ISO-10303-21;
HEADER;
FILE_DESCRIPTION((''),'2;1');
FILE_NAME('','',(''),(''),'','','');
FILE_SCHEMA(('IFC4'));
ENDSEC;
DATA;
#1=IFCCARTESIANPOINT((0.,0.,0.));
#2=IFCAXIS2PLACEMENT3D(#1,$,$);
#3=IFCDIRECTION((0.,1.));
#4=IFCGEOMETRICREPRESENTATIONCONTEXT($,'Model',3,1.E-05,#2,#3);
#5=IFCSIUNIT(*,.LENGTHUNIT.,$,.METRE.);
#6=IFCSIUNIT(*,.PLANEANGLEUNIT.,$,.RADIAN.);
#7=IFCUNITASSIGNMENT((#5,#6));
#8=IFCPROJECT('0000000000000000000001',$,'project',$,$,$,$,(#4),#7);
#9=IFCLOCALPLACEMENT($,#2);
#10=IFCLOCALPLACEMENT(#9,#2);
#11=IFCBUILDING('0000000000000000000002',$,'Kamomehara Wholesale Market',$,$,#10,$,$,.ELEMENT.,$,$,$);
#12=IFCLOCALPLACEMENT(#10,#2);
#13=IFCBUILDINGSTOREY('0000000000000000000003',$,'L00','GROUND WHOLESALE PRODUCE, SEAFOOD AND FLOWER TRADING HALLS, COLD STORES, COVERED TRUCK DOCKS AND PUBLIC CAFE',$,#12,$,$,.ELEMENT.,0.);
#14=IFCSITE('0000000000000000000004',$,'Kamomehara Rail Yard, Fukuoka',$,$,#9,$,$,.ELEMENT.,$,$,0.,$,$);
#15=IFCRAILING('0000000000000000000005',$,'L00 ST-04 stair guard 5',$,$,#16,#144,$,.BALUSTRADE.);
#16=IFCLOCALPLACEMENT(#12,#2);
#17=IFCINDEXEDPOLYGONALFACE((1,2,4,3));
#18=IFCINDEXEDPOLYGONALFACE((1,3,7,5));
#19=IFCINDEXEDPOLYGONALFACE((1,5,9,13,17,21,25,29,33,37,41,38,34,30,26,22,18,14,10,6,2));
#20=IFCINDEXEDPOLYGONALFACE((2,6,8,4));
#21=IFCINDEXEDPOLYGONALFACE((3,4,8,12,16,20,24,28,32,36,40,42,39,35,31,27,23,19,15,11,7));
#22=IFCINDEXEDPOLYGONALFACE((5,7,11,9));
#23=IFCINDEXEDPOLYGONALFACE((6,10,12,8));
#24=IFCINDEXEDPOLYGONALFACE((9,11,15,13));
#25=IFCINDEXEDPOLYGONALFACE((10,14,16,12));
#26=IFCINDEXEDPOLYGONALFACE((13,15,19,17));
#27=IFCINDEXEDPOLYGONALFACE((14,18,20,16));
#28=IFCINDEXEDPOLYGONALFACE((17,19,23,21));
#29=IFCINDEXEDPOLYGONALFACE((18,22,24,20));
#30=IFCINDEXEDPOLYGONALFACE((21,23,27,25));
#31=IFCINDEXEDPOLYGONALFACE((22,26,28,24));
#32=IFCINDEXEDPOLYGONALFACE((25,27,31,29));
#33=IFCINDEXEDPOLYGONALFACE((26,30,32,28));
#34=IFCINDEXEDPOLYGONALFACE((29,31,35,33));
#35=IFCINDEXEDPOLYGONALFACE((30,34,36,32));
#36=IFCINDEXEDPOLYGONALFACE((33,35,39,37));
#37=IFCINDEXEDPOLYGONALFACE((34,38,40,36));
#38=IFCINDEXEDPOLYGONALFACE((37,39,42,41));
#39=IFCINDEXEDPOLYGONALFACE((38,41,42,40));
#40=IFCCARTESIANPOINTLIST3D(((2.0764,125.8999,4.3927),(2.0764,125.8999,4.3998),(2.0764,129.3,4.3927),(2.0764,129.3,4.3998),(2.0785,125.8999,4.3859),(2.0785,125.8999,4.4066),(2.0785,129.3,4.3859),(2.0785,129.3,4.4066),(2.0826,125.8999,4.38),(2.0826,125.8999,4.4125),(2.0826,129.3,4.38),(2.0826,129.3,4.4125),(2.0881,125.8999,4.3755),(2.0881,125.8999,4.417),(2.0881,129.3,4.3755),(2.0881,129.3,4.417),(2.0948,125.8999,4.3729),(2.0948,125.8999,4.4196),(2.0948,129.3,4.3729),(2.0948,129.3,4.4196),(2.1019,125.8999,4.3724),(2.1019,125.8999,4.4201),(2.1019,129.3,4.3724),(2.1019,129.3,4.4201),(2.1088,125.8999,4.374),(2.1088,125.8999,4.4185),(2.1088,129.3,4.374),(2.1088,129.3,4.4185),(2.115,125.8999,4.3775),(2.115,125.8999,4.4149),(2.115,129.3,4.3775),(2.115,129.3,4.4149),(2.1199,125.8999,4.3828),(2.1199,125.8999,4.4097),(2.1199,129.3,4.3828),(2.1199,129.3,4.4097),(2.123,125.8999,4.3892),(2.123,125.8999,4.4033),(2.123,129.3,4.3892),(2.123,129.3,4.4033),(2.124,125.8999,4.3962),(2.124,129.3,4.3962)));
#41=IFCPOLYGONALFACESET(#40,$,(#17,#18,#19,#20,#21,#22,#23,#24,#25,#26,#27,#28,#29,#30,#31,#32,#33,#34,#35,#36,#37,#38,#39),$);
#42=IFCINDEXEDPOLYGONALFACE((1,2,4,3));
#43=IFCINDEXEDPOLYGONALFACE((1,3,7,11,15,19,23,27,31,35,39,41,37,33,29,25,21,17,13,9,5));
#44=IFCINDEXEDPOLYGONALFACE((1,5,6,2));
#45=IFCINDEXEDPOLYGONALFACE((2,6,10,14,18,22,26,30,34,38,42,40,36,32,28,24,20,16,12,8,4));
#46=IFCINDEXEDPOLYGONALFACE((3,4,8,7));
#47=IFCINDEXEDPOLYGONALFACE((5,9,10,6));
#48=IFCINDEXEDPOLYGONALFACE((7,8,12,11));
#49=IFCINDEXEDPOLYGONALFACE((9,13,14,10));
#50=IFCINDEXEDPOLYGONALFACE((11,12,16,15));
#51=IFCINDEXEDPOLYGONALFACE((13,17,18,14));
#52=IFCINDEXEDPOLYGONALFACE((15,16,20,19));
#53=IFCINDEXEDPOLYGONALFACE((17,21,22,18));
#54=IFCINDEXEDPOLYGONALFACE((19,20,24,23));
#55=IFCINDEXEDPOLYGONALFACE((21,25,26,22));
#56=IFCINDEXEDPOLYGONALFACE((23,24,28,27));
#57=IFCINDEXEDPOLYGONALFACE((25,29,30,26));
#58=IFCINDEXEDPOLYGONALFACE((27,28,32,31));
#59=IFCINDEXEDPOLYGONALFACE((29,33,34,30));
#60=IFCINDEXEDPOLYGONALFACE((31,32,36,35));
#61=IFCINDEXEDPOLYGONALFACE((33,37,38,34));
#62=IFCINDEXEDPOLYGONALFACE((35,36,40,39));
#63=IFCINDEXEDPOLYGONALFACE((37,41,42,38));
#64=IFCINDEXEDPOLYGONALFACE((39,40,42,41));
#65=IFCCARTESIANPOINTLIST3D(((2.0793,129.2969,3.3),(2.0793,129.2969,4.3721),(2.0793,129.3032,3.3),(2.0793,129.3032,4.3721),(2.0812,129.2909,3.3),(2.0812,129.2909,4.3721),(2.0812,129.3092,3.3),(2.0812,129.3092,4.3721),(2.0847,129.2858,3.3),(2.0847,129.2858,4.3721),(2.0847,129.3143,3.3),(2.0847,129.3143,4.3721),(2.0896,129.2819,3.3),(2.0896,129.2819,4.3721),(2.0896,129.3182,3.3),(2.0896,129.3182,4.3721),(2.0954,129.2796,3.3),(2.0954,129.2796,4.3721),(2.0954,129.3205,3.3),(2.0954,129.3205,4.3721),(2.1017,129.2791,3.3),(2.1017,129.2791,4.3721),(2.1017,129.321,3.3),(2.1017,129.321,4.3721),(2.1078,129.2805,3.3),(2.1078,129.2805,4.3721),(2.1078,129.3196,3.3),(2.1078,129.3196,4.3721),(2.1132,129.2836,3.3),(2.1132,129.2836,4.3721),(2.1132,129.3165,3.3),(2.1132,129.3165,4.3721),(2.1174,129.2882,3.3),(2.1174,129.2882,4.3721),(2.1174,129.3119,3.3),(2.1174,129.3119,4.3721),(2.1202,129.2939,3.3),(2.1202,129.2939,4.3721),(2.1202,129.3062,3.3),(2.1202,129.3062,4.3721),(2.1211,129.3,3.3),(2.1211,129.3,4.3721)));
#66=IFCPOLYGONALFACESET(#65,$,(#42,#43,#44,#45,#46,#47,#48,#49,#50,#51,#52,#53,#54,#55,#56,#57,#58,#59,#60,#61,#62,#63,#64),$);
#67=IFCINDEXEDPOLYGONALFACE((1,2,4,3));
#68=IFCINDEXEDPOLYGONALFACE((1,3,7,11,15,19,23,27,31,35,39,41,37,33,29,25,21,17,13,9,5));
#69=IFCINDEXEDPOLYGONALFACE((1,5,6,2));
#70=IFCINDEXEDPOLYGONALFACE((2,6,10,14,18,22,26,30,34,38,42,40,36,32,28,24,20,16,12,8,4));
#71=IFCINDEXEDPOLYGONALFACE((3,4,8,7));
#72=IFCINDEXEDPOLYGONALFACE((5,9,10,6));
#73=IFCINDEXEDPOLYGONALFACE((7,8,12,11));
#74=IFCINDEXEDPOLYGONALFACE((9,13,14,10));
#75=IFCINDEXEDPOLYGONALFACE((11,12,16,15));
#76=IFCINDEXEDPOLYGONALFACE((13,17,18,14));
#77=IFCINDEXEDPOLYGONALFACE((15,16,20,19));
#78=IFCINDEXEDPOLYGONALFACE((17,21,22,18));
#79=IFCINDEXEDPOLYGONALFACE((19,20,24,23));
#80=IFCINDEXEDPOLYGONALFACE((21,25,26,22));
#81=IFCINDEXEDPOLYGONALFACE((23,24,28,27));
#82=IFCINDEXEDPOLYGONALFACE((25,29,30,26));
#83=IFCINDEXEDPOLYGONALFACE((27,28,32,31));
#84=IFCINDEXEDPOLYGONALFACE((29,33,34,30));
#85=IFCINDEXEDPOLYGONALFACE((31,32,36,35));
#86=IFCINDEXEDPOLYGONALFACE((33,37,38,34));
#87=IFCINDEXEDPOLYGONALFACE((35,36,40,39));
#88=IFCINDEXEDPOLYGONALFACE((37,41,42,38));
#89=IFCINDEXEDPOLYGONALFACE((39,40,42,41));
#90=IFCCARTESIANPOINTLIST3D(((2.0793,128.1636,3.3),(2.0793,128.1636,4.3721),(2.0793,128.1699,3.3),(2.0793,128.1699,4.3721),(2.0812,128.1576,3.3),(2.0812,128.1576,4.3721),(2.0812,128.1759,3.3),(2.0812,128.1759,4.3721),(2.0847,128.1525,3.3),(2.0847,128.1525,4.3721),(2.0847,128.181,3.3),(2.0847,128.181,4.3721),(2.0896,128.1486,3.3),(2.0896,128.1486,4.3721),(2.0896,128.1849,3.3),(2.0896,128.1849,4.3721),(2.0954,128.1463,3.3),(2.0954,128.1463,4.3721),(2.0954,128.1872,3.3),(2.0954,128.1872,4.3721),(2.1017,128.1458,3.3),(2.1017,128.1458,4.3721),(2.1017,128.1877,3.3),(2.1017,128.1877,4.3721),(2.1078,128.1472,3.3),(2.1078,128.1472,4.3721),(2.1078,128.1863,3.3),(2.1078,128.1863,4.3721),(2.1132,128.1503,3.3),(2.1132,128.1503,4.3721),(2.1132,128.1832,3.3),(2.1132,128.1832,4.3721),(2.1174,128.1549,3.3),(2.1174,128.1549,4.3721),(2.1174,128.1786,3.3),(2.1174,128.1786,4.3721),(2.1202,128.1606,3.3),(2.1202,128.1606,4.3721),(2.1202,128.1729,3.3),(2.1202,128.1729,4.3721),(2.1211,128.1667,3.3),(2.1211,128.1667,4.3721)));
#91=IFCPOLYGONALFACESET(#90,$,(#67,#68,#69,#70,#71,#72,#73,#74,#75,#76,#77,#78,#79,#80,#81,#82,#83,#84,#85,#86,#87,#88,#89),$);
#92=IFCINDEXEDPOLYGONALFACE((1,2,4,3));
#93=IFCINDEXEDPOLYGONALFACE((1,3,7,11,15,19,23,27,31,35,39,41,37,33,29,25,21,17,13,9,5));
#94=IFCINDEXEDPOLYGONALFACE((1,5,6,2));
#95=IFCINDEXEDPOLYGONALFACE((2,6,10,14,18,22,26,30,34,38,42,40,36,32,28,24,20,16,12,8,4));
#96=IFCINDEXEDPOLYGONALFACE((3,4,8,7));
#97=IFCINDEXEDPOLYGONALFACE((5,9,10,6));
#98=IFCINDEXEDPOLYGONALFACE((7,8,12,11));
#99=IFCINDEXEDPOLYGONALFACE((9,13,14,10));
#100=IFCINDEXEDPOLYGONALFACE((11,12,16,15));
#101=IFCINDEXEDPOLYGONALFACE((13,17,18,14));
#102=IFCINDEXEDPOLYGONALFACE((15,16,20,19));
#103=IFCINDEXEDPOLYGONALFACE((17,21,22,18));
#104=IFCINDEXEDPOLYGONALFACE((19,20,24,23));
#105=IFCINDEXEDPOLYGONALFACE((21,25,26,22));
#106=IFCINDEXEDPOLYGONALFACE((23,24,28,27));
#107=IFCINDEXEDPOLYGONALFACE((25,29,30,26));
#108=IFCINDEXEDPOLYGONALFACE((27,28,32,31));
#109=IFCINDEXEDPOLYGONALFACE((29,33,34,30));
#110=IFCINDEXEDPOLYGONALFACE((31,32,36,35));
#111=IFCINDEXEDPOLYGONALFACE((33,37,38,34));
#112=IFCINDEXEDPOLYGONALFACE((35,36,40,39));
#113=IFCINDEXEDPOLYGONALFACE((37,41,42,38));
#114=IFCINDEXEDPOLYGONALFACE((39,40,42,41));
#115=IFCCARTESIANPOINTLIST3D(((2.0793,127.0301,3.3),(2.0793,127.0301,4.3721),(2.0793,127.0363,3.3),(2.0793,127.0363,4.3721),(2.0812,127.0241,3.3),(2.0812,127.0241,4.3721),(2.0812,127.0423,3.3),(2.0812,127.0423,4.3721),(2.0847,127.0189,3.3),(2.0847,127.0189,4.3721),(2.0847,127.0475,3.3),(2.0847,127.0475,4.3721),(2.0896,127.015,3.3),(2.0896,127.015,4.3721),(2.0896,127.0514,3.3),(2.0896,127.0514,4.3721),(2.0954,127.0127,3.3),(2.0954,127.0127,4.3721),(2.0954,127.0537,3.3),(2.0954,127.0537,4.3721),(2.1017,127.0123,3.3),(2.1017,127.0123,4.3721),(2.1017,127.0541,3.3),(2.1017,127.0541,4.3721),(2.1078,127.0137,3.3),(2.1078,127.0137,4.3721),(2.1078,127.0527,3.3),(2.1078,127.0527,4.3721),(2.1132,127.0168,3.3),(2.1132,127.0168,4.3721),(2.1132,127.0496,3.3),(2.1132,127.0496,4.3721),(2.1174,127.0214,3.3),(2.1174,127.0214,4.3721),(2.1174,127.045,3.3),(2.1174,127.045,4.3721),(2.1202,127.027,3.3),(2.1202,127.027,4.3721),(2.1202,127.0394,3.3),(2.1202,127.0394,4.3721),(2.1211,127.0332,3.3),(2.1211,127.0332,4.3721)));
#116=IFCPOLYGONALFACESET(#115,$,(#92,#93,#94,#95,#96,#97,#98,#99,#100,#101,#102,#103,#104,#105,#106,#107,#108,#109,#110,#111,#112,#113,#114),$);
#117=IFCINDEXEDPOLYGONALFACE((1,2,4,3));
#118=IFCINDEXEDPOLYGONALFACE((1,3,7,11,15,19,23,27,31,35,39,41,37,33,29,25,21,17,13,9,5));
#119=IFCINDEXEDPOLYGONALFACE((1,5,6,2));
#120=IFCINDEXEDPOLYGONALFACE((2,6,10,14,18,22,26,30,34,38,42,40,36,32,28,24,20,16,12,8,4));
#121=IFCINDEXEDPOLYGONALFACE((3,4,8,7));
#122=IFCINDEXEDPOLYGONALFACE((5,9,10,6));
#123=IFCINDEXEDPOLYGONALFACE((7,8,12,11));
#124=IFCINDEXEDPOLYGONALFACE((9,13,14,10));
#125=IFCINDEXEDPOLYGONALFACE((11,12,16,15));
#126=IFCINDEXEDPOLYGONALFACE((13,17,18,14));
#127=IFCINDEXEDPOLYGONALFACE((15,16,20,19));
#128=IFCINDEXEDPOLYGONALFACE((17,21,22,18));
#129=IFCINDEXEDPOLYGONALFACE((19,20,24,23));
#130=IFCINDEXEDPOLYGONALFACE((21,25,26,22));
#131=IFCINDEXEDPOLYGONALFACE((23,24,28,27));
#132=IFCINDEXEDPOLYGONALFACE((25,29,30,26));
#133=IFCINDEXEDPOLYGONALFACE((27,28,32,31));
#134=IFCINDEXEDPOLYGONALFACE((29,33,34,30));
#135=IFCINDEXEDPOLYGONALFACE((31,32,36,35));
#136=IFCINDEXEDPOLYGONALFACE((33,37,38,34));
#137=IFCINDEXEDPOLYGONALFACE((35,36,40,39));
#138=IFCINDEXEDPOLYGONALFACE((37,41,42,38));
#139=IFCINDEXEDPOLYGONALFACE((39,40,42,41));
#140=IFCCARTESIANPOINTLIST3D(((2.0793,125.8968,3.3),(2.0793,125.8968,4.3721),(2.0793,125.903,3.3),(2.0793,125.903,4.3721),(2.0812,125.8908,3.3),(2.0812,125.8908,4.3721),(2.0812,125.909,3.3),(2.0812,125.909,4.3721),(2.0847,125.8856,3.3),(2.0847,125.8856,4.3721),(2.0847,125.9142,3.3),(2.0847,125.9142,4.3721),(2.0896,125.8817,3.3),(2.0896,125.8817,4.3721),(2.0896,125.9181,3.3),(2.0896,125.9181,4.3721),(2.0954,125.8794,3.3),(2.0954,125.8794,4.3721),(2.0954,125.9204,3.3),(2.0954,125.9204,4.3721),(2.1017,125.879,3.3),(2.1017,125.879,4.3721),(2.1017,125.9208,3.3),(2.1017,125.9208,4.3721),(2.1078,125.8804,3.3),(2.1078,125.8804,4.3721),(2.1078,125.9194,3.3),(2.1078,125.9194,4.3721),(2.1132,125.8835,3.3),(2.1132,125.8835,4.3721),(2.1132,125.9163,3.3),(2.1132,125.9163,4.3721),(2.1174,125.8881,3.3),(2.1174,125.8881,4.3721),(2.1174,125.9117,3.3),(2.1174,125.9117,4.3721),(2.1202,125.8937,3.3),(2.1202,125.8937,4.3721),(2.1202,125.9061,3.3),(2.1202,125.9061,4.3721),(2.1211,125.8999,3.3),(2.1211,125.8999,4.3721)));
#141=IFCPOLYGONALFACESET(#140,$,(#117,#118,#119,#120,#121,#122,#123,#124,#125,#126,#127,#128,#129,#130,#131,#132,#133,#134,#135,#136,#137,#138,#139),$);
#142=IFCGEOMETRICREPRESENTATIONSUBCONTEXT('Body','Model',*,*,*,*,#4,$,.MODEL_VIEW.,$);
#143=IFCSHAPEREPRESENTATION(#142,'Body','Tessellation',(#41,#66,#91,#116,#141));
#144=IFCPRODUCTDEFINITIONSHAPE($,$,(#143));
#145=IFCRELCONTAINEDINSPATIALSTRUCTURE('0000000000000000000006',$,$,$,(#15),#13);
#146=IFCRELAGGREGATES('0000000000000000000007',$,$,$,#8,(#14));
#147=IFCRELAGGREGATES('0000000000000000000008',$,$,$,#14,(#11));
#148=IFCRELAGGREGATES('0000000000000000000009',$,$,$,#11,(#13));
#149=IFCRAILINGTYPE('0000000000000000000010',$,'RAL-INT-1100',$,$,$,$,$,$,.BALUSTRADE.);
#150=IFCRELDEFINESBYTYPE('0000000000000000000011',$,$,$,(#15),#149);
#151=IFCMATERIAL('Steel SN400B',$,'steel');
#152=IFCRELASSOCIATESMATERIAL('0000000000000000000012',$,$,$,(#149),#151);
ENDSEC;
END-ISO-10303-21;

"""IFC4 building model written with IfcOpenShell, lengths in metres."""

from ifc_helpers import new_model, si_unit, direction, frame, origin, origin_2d, place, context, subcontext, project, spatial, circle, extrude, material, type_object, element, save


model = new_model("IFC4")

# Units and contexts
model_context = context("Model", 3, precision=1e-05, world=origin(), true_north=direction((0.0, 1.0)))
body_context = subcontext(model_context, "Body", "Model", "MODEL_VIEW")
ifc_project = project(units=[si_unit("LENGTHUNIT", "METRE"), si_unit("PLANEANGLEUNIT", "RADIAN")], contexts=[model_context])

# Site, building, storey
site_placement = place(None, origin())
site = spatial("IfcSite", under=ifc_project, at=site_placement, Name="Kamomehara Rail Yard, Fukuoka", CompositionType="ELEMENT", RefElevation=0.0)
building_placement = place(site_placement, origin())
building = spatial("IfcBuilding", under=site, at=building_placement, Name="Kamomehara Wholesale Market", CompositionType="ELEMENT")
storey_placement = place(building_placement, origin())
storey = spatial("IfcBuildingStorey", under=building, at=storey_placement, Name="L00", Description="GROUND WHOLESALE PRODUCE, SEAFOOD AND FLOWER TRADING HALLS, COLD STORES, COVERED TRUCK DOCKS AND PUBLIC CAFE", CompositionType="ELEMENT", Elevation=0.0)

# Railing
ifc_material_1 = material(Name="Steel SN400B", Category="steel")
railing_type_1 = type_object("IfcRailingType", Name="RAL-INT-1100", PredefinedType="BALUSTRADE", material=ifc_material_1)
railing_1_placement = place(storey_placement, frame((2.1001, 129.3, 3.3)))
element("IfcRailing", 1, at=railing_1_placement, inside=storey, type_object=railing_type_1, Name="L00 ST-04 stair guard 5", PredefinedType="BALUSTRADE", context=body_context, shape_type="SweptSolid", body=[
    extrude(circle(Radius=0.0239, at=origin_2d()), frame((0.0, 0.0, 1.0962), z_axis=(0.0, -1.0, 0.0), x_axis=(1.0, 0.0, 0.0)), (0.0, 0.0, 1.0), 3.4001),
    extrude(circle(Radius=0.021, at=origin_2d()), origin(), (0.0, 0.0, 1.0), 1.072),
    extrude(circle(Radius=0.021, at=origin_2d()), frame((0.0, -1.1333, 0.0)), (0.0, 0.0, 1.0), 1.072),
    extrude(circle(Radius=0.021, at=origin_2d()), frame((0.0, -2.2668, 0.0)), (0.0, 0.0, 1.0), 1.072),
    extrude(circle(Radius=0.021, at=origin_2d()), frame((0.0, -3.4001, 0.0)), (0.0, 0.0, 1.0), 1.072),
])

save(model, "model.ifc")
